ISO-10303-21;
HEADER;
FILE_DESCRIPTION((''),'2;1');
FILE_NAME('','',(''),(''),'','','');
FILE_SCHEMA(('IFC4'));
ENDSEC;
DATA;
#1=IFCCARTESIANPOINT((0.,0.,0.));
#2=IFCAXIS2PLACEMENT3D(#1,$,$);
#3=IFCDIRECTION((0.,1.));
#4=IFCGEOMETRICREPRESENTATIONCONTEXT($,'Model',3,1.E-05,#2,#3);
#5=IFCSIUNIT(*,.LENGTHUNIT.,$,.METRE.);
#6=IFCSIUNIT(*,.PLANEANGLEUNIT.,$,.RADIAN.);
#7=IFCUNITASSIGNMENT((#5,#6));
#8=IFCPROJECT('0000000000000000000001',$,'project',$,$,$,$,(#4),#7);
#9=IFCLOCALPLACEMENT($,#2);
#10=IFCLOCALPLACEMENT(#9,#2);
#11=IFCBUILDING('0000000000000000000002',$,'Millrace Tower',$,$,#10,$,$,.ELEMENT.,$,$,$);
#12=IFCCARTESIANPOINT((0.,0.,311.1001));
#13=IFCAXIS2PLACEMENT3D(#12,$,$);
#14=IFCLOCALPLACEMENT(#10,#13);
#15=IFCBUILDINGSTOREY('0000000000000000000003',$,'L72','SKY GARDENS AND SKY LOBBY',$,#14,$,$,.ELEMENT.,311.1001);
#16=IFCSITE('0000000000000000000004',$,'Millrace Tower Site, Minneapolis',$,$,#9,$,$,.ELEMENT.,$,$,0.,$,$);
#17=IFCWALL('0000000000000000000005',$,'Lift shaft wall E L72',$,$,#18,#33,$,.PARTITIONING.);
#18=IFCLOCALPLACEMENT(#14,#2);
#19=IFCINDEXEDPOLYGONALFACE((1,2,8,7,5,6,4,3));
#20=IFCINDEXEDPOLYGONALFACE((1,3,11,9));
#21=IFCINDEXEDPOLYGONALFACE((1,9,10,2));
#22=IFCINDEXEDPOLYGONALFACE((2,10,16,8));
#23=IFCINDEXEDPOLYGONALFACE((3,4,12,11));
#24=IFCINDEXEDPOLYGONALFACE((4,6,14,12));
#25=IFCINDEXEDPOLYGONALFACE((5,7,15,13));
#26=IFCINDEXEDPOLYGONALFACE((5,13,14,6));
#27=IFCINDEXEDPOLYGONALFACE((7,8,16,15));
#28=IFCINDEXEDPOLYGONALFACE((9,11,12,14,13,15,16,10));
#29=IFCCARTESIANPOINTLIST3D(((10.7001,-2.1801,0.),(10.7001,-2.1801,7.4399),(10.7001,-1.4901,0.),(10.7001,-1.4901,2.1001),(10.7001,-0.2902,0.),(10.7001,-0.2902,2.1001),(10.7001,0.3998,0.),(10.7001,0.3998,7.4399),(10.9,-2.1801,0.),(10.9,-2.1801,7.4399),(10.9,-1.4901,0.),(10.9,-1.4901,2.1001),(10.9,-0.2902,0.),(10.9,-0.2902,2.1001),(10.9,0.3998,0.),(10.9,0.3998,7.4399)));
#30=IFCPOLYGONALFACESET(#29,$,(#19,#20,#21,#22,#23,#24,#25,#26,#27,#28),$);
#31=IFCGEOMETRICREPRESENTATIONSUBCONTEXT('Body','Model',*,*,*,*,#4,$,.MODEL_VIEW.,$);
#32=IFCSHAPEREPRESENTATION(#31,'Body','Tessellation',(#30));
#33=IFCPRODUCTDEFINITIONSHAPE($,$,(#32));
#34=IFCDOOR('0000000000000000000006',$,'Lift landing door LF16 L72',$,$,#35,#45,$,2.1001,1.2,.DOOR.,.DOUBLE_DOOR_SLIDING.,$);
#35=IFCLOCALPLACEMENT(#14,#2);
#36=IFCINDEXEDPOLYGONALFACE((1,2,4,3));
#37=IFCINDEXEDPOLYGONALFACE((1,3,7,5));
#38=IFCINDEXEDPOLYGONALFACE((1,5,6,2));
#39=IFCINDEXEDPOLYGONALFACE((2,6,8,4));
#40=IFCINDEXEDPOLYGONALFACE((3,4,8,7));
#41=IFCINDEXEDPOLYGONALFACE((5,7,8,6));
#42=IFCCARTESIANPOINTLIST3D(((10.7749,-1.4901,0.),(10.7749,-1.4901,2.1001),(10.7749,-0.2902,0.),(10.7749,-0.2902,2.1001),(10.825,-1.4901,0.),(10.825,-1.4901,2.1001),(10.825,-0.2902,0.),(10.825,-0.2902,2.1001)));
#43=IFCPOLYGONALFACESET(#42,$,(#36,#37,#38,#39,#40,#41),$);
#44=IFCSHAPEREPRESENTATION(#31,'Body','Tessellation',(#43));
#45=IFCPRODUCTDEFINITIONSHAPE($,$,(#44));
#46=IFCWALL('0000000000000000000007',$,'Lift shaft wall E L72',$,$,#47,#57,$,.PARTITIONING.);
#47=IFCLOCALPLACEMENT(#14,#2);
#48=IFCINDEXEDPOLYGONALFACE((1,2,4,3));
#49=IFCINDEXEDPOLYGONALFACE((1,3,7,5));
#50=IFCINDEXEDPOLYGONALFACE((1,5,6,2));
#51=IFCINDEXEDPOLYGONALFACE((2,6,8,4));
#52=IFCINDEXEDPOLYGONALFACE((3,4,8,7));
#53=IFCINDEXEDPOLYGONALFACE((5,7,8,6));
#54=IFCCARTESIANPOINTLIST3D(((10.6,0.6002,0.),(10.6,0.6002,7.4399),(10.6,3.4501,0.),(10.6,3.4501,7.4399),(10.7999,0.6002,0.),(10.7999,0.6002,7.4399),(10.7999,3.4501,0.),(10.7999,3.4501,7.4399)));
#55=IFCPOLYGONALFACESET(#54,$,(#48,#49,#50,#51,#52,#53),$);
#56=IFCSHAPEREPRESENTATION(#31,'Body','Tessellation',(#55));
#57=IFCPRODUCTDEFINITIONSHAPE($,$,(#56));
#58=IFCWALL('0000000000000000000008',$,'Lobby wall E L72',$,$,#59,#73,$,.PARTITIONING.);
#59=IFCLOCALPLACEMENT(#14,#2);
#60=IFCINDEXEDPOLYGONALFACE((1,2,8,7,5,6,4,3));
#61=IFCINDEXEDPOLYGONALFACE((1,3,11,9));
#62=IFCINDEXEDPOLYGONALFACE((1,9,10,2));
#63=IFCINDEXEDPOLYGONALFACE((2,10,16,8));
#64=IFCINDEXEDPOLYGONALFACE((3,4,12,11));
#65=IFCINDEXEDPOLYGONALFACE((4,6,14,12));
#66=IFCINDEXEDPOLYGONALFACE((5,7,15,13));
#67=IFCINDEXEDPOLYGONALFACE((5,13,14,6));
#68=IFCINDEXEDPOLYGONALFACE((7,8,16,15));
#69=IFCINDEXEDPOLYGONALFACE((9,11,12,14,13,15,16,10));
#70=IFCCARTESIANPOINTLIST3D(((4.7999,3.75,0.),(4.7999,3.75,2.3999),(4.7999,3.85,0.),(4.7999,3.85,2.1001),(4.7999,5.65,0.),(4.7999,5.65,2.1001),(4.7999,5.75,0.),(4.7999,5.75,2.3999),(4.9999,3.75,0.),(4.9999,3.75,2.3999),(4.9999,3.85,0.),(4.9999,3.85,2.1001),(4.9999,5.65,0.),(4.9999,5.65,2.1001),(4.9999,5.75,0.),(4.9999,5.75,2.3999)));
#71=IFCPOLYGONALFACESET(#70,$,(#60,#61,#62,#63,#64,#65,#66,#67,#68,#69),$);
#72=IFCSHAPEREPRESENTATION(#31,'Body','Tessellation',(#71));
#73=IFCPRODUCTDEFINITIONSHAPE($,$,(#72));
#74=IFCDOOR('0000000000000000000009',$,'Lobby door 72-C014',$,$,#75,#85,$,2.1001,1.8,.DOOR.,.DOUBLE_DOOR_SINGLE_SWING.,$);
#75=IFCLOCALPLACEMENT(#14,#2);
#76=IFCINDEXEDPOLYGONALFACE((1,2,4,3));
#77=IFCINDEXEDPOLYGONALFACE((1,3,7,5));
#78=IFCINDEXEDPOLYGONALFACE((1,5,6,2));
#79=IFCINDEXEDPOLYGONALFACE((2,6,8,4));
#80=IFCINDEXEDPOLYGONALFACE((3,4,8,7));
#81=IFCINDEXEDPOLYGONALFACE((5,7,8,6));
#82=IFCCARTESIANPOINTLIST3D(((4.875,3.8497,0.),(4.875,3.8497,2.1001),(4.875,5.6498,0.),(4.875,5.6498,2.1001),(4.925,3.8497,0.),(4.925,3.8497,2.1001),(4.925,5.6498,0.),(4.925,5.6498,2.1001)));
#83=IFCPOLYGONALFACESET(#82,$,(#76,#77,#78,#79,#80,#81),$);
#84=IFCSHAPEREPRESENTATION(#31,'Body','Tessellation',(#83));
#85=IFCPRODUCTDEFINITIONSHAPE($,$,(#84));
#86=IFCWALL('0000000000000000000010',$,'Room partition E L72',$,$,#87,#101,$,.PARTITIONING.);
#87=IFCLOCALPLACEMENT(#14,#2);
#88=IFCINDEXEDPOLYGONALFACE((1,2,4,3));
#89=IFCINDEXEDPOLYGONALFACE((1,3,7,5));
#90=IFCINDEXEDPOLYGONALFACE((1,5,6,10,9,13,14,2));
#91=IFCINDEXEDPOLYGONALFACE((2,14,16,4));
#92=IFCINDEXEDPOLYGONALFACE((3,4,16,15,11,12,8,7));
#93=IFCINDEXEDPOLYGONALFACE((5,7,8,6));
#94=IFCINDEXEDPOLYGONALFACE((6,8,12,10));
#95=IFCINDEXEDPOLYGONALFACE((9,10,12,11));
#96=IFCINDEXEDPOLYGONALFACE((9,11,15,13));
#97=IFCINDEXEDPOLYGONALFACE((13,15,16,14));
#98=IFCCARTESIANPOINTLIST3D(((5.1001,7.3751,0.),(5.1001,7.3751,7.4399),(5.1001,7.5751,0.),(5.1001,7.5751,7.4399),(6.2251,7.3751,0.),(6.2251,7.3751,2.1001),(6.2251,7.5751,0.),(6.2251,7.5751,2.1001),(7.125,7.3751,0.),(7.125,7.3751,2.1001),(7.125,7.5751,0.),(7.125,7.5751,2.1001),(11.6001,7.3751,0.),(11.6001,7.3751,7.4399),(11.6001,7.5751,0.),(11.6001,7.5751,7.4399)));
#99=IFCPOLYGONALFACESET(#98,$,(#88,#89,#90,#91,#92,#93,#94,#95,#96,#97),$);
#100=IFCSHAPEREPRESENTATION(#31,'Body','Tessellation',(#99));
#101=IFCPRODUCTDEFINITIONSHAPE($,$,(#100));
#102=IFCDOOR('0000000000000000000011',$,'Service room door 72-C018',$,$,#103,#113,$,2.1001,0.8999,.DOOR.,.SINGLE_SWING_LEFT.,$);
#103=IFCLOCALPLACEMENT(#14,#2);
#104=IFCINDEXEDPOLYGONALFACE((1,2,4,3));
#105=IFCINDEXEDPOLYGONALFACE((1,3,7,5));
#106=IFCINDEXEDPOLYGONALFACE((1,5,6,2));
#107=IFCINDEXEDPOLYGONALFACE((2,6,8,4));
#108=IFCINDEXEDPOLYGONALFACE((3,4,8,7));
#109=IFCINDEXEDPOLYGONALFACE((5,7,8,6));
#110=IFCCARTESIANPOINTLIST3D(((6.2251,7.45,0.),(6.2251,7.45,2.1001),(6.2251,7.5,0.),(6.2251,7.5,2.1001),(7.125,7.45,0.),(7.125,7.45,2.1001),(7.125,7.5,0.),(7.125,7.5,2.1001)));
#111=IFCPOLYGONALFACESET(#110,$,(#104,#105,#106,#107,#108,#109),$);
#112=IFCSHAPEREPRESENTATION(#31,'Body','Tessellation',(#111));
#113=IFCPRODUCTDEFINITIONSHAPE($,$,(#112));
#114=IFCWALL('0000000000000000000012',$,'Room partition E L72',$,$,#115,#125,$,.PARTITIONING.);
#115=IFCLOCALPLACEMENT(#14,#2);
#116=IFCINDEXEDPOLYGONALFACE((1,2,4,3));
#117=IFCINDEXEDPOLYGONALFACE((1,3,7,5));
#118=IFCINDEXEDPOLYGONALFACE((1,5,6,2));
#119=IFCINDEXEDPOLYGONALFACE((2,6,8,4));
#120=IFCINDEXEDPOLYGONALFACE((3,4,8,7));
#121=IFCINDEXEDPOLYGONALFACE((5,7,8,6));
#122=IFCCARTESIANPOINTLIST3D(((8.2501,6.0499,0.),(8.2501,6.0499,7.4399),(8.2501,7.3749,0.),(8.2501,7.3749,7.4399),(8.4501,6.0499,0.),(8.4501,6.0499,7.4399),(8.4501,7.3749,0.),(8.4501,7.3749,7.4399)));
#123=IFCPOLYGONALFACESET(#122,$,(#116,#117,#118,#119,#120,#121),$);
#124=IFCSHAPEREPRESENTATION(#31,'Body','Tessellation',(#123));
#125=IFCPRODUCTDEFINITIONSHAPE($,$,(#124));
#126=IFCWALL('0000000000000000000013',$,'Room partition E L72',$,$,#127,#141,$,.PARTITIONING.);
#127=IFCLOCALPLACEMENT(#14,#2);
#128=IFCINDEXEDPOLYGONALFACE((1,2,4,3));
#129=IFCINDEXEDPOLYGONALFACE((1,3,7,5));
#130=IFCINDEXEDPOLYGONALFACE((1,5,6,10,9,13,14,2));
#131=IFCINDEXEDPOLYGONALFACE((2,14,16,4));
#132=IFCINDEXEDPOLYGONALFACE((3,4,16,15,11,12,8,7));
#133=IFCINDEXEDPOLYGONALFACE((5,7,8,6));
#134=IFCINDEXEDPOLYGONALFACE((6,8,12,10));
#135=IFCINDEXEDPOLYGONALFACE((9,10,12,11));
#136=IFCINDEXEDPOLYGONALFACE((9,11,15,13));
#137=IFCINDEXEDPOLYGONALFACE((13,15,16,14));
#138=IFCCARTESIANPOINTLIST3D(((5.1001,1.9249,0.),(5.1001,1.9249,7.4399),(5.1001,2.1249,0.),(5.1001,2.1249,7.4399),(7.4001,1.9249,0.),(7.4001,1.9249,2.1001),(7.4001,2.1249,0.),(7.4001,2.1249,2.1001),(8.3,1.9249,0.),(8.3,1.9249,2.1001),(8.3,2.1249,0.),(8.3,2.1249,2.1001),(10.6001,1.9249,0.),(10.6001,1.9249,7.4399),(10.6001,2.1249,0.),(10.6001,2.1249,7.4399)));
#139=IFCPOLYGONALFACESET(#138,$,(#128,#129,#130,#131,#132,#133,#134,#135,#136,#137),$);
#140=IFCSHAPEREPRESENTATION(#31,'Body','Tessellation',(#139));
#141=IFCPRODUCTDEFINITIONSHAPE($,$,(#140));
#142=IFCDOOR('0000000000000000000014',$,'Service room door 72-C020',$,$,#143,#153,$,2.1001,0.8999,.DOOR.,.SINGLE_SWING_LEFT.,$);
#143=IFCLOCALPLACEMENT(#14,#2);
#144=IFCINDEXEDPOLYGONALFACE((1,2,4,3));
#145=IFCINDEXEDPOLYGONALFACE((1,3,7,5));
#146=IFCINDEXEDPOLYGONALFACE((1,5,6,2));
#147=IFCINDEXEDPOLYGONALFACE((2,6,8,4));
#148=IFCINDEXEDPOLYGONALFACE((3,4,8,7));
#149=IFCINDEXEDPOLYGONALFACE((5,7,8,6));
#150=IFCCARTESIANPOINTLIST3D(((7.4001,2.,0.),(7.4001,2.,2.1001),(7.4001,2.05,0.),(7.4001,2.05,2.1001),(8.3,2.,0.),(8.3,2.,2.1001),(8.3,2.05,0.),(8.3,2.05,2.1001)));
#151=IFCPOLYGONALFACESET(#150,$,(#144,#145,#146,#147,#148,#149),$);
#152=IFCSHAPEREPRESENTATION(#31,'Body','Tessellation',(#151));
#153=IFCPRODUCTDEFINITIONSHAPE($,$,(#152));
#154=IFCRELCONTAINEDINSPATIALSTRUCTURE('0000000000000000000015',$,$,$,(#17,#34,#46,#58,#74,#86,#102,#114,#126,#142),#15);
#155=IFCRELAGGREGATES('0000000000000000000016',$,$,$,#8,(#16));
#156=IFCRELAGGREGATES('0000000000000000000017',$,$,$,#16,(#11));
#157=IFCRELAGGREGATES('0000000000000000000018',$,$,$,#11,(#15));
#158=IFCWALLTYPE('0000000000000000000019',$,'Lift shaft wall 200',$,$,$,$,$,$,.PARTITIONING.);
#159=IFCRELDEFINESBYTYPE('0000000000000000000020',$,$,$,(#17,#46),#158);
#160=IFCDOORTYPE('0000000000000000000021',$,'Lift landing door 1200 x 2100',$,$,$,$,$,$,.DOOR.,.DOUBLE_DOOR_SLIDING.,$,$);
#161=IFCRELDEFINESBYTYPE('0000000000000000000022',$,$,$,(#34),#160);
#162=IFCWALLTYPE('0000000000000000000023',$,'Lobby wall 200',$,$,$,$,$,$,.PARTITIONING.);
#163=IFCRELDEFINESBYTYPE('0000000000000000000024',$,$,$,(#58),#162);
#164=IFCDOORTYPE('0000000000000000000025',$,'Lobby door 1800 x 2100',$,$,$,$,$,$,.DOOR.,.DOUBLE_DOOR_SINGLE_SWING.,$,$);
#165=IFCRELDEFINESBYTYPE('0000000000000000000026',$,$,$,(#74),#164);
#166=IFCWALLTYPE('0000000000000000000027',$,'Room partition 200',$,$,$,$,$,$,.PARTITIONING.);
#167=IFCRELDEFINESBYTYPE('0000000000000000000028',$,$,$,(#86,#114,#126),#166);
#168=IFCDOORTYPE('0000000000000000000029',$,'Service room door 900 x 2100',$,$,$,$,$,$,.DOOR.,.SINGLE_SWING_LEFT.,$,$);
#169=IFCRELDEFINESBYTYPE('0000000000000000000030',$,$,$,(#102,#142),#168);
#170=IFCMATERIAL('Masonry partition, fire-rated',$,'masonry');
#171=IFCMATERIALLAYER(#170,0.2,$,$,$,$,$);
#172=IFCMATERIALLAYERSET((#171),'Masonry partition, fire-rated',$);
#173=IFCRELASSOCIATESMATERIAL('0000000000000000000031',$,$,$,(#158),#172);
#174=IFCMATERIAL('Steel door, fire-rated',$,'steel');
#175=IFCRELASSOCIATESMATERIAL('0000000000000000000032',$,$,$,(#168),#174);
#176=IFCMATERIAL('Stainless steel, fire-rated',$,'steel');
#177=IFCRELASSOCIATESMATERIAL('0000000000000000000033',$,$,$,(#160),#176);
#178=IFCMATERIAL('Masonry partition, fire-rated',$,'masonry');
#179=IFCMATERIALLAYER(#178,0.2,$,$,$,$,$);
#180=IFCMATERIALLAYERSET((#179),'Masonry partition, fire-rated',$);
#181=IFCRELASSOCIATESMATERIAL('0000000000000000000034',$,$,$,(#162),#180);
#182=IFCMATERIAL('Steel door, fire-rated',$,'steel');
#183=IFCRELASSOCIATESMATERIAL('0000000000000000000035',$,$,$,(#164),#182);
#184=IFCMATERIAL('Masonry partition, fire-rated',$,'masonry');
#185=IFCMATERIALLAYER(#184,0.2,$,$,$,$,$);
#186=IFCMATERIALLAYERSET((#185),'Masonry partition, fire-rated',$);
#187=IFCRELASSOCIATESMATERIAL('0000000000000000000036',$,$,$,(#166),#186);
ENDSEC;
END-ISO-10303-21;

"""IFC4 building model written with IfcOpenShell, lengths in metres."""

from ifc_helpers import new_model, si_unit, direction, frame, frame_2d, origin, place, context, subcontext, project, spatial, rectangle, extrude, material, layer, layer_set, type_object, element, fill, save


model = new_model("IFC4")

# Units and contexts
model_context = context("Model", 3, precision=1e-05, world=origin(), true_north=direction((0.0, 1.0)))
body_context = subcontext(model_context, "Body", "Model", "MODEL_VIEW")
ifc_project = project(units=[si_unit("LENGTHUNIT", "METRE"), si_unit("PLANEANGLEUNIT", "RADIAN")], contexts=[model_context])

# Site, building, storey
site_placement = place(None, origin())
site = spatial("IfcSite", under=ifc_project, at=site_placement, Name="Millrace Tower Site, Minneapolis", CompositionType="ELEMENT", RefElevation=0.0)
building_placement = place(site_placement, origin())
building = spatial("IfcBuilding", under=site, at=building_placement, Name="Millrace Tower", CompositionType="ELEMENT")
storey_placement = place(building_placement, frame((0.0, 0.0, 311.1001)))
storey = spatial("IfcBuildingStorey", under=building, at=storey_placement, Name="L72", Description="SKY GARDENS AND SKY LOBBY", CompositionType="ELEMENT", Elevation=311.1001)

# Shared definitions
ifc_material_1 = material(Name="Masonry partition, fire-rated", Category="masonry")
ifc_layer_1 = layer(ifc_material_1, 0.2)
ifc_layer_set_1 = layer_set([ifc_layer_1], Name="Masonry partition, fire-rated")
wall_type_1 = type_object("IfcWallType", Name="Lift shaft wall 200", PredefinedType="PARTITIONING", material=ifc_layer_set_1)
ifc_material_2 = material(Name="Steel door, fire-rated", Category="steel")
door_type_1 = type_object("IfcDoorType", Name="Service room door 900 x 2100", OperationType="SINGLE_SWING_LEFT", PredefinedType="DOOR", material=ifc_material_2)

# Wall, opening, door
wall_1_placement = place(storey_placement, frame((10.8, 0.3999, 0.0), z_axis=(0.0, 0.0, 1.0), x_axis=(0.0, -1.0, 0.0)))
wall_1 = element("IfcWall", 1, at=wall_1_placement, inside=storey, type_object=wall_type_1, Name="Lift shaft wall E L72", PredefinedType="PARTITIONING", context=body_context, shape_type="SweptSolid", body=[
    extrude(rectangle(XDim=2.5798, YDim=0.2, at=frame_2d((1.29, 0.0))), origin(), (0.0, 0.0, 1.0), 7.4399),
])
opening_1_placement = place(wall_1_placement, frame((0.6899, 0.0, 0.0)))
opening_1 = element("IfcOpeningElement", 2, at=opening_1_placement, cuts=wall_1, PredefinedType="OPENING", context=body_context, shape_type="SweptSolid", body=[
    extrude(rectangle(XDim=1.2, YDim=2.1001, at=frame_2d((0.6001, 1.05))), frame((0.0, 0.1099, 0.0), z_axis=(0.0, -1.0, 0.0), x_axis=(1.0, 0.0, 0.0)), (0.0, 0.0, 1.0), 0.22),
])
ifc_material_3 = material(Name="Stainless steel, fire-rated", Category="steel")
door_type_2 = type_object("IfcDoorType", Name="Lift landing door 1200 x 2100", OperationType="DOUBLE_DOOR_SLIDING", PredefinedType="DOOR", material=ifc_material_3)
door_1_placement = place(opening_1_placement, origin())
door_1 = element("IfcDoor", 3, at=door_1_placement, inside=storey, type_object=door_type_2, Name="Lift landing door LF16 L72", OperationType="DOUBLE_DOOR_SLIDING", OverallHeight=2.1001, OverallWidth=1.2, PredefinedType="DOOR", context=body_context, shape_type="SweptSolid", body=[
    extrude(rectangle(XDim=1.2, YDim=2.1001, at=frame_2d((0.6001, 1.05))), frame((0.0, 0.0249, 0.0), z_axis=(0.0, -1.0, 0.0), x_axis=(1.0, 0.0, 0.0)), (0.0, 0.0, 1.0), 0.05),
])
fill(opening_1, door_1)

# Wall
wall_2_placement = place(storey_placement, frame((10.7, 3.45, 0.0), z_axis=(0.0, 0.0, 1.0), x_axis=(0.0, -1.0, 0.0)))
element("IfcWall", 4, at=wall_2_placement, inside=storey, type_object=wall_type_1, Name="Lift shaft wall E L72", PredefinedType="PARTITIONING", context=body_context, shape_type="SweptSolid", body=[
    extrude(rectangle(XDim=2.8499, YDim=0.2, at=frame_2d((1.4248, 0.0))), origin(), (0.0, 0.0, 1.0), 7.4399),
])

# Walls, openings, doors
ifc_material_4 = material(Name="Masonry partition, fire-rated", Category="masonry")
ifc_layer_2 = layer(ifc_material_4, 0.2)
ifc_layer_set_2 = layer_set([ifc_layer_2], Name="Masonry partition, fire-rated")
wall_type_2 = type_object("IfcWallType", Name="Lobby wall 200", PredefinedType="PARTITIONING", material=ifc_layer_set_2)
wall_3_placement = place(storey_placement, frame((4.8999, 5.75, 0.0), z_axis=(0.0, 0.0, 1.0), x_axis=(0.0, -1.0, 0.0)))
wall_3 = element("IfcWall", 5, at=wall_3_placement, inside=storey, type_object=wall_type_2, Name="Lobby wall E L72", PredefinedType="PARTITIONING", context=body_context, shape_type="SweptSolid", body=[
    extrude(rectangle(XDim=2.0, YDim=0.2, at=frame_2d((1.0, 0.0))), origin(), (0.0, 0.0, 1.0), 2.3999),
])
opening_2_placement = place(wall_3_placement, frame((0.1001, 0.0, 0.0)))
opening_2 = element("IfcOpeningElement", 6, at=opening_2_placement, cuts=wall_3, PredefinedType="OPENING", context=body_context, shape_type="SweptSolid", body=[
    extrude(rectangle(XDim=1.8, YDim=2.1001, at=frame_2d((0.8999, 1.05))), frame((0.0, 0.1099, 0.0), z_axis=(0.0, -1.0, 0.0), x_axis=(1.0, 0.0, 0.0)), (0.0, 0.0, 1.0), 0.22),
])
ifc_material_5 = material(Name="Steel door, fire-rated", Category="steel")
door_type_3 = type_object("IfcDoorType", Name="Lobby door 1800 x 2100", OperationType="DOUBLE_DOOR_SINGLE_SWING", PredefinedType="DOOR", material=ifc_material_5)
door_2_placement = place(opening_2_placement, frame((1.8, 0.0, 0.0), z_axis=(0.0, 0.0, 1.0), x_axis=(-1.0, 0.0, 0.0)))
door_2 = element("IfcDoor", 7, at=door_2_placement, inside=storey, type_object=door_type_3, Name="Lobby door 72-C014", OperationType="DOUBLE_DOOR_SINGLE_SWING", OverallHeight=2.1001, OverallWidth=1.8, PredefinedType="DOOR", context=body_context, shape_type="SweptSolid", body=[
    extrude(rectangle(XDim=1.8, YDim=2.1001, at=frame_2d((0.8999, 1.05))), frame((0.0, 0.0249, 0.0), z_axis=(0.0, -1.0, 0.0), x_axis=(1.0, 0.0, 0.0)), (0.0, 0.0, 1.0), 0.05),
])
fill(opening_2, door_2)
ifc_material_6 = material(Name="Masonry partition, fire-rated", Category="masonry")
ifc_layer_3 = layer(ifc_material_6, 0.2)
ifc_layer_set_3 = layer_set([ifc_layer_3], Name="Masonry partition, fire-rated")
wall_type_3 = type_object("IfcWallType", Name="Room partition 200", PredefinedType="PARTITIONING", material=ifc_layer_set_3)
wall_4_placement = place(storey_placement, frame((11.6001, 7.4751, 0.0), z_axis=(0.0, 0.0, 1.0), x_axis=(-1.0, 0.0, 0.0)))
wall_4 = element("IfcWall", 8, at=wall_4_placement, inside=storey, type_object=wall_type_3, Name="Room partition E L72", PredefinedType="PARTITIONING", context=body_context, shape_type="SweptSolid", body=[
    extrude(rectangle(XDim=6.5, YDim=0.2, at=frame_2d((3.25, 0.0))), origin(), (0.0, 0.0, 1.0), 7.4399),
])
opening_3_placement = place(wall_4_placement, frame((4.4751, 0.0, 0.0)))
opening_3 = element("IfcOpeningElement", 9, at=opening_3_placement, cuts=wall_4, PredefinedType="OPENING", context=body_context, shape_type="SweptSolid", body=[
    extrude(rectangle(XDim=0.8999, YDim=2.1001, at=frame_2d((0.45, 1.05))), frame((0.0, 0.1099, 0.0), z_axis=(0.0, -1.0, 0.0), x_axis=(1.0, 0.0, 0.0)), (0.0, 0.0, 1.0), 0.22),
])
door_3_placement = place(opening_3_placement, frame((0.8999, 0.0, 0.0), z_axis=(0.0, 0.0, 1.0), x_axis=(-1.0, 0.0, 0.0)))
door_3 = element("IfcDoor", 10, at=door_3_placement, inside=storey, type_object=door_type_1, Name="Service room door 72-C018", OperationType="SINGLE_SWING_LEFT", OverallHeight=2.1001, OverallWidth=0.8999, PredefinedType="DOOR", context=body_context, shape_type="SweptSolid", body=[
    extrude(rectangle(XDim=0.8999, YDim=2.1001, at=frame_2d((0.45, 1.05))), frame((0.0, 0.0249, 0.0), z_axis=(0.0, -1.0, 0.0), x_axis=(1.0, 0.0, 0.0)), (0.0, 0.0, 1.0), 0.05),
])
fill(opening_3, door_3)

# Wall
wall_5_placement = place(storey_placement, frame((8.3501, 7.375, 0.0), z_axis=(0.0, 0.0, 1.0), x_axis=(0.0, -1.0, 0.0)))
element("IfcWall", 11, at=wall_5_placement, inside=storey, type_object=wall_type_3, Name="Room partition E L72", PredefinedType="PARTITIONING", context=body_context, shape_type="SweptSolid", body=[
    extrude(rectangle(XDim=1.325, YDim=0.2, at=frame_2d((0.6626, 0.0))), origin(), (0.0, 0.0, 1.0), 7.4399),
])

# Wall, opening, door
wall_6_placement = place(storey_placement, frame((10.6001, 2.0249, 0.0), z_axis=(0.0, 0.0, 1.0), x_axis=(-1.0, 0.0, 0.0)))
wall_6 = element("IfcWall", 12, at=wall_6_placement, inside=storey, type_object=wall_type_3, Name="Room partition E L72", PredefinedType="PARTITIONING", context=body_context, shape_type="SweptSolid", body=[
    extrude(rectangle(XDim=5.5, YDim=0.2, at=frame_2d((2.75, 0.0))), origin(), (0.0, 0.0, 1.0), 7.4399),
])
opening_4_placement = place(wall_6_placement, frame((2.3, 0.0, 0.0)))
opening_4 = element("IfcOpeningElement", 13, at=opening_4_placement, cuts=wall_6, PredefinedType="OPENING", context=body_context, shape_type="SweptSolid", body=[
    extrude(rectangle(XDim=0.8999, YDim=2.1001, at=frame_2d((0.45, 1.05))), frame((0.0, 0.1099, 0.0), z_axis=(0.0, -1.0, 0.0), x_axis=(1.0, 0.0, 0.0)), (0.0, 0.0, 1.0), 0.22),
])
door_4_placement = place(opening_4_placement, origin())
door_4 = element("IfcDoor", 14, at=door_4_placement, inside=storey, type_object=door_type_1, Name="Service room door 72-C020", OperationType="SINGLE_SWING_LEFT", OverallHeight=2.1001, OverallWidth=0.8999, PredefinedType="DOOR", context=body_context, shape_type="SweptSolid", body=[
    extrude(rectangle(XDim=0.8999, YDim=2.1001, at=frame_2d((0.45, 1.05))), frame((0.0, 0.0249, 0.0), z_axis=(0.0, -1.0, 0.0), x_axis=(1.0, 0.0, 0.0)), (0.0, 0.0, 1.0), 0.05),
])
fill(opening_4, door_4)

save(model, "model.ifc")
